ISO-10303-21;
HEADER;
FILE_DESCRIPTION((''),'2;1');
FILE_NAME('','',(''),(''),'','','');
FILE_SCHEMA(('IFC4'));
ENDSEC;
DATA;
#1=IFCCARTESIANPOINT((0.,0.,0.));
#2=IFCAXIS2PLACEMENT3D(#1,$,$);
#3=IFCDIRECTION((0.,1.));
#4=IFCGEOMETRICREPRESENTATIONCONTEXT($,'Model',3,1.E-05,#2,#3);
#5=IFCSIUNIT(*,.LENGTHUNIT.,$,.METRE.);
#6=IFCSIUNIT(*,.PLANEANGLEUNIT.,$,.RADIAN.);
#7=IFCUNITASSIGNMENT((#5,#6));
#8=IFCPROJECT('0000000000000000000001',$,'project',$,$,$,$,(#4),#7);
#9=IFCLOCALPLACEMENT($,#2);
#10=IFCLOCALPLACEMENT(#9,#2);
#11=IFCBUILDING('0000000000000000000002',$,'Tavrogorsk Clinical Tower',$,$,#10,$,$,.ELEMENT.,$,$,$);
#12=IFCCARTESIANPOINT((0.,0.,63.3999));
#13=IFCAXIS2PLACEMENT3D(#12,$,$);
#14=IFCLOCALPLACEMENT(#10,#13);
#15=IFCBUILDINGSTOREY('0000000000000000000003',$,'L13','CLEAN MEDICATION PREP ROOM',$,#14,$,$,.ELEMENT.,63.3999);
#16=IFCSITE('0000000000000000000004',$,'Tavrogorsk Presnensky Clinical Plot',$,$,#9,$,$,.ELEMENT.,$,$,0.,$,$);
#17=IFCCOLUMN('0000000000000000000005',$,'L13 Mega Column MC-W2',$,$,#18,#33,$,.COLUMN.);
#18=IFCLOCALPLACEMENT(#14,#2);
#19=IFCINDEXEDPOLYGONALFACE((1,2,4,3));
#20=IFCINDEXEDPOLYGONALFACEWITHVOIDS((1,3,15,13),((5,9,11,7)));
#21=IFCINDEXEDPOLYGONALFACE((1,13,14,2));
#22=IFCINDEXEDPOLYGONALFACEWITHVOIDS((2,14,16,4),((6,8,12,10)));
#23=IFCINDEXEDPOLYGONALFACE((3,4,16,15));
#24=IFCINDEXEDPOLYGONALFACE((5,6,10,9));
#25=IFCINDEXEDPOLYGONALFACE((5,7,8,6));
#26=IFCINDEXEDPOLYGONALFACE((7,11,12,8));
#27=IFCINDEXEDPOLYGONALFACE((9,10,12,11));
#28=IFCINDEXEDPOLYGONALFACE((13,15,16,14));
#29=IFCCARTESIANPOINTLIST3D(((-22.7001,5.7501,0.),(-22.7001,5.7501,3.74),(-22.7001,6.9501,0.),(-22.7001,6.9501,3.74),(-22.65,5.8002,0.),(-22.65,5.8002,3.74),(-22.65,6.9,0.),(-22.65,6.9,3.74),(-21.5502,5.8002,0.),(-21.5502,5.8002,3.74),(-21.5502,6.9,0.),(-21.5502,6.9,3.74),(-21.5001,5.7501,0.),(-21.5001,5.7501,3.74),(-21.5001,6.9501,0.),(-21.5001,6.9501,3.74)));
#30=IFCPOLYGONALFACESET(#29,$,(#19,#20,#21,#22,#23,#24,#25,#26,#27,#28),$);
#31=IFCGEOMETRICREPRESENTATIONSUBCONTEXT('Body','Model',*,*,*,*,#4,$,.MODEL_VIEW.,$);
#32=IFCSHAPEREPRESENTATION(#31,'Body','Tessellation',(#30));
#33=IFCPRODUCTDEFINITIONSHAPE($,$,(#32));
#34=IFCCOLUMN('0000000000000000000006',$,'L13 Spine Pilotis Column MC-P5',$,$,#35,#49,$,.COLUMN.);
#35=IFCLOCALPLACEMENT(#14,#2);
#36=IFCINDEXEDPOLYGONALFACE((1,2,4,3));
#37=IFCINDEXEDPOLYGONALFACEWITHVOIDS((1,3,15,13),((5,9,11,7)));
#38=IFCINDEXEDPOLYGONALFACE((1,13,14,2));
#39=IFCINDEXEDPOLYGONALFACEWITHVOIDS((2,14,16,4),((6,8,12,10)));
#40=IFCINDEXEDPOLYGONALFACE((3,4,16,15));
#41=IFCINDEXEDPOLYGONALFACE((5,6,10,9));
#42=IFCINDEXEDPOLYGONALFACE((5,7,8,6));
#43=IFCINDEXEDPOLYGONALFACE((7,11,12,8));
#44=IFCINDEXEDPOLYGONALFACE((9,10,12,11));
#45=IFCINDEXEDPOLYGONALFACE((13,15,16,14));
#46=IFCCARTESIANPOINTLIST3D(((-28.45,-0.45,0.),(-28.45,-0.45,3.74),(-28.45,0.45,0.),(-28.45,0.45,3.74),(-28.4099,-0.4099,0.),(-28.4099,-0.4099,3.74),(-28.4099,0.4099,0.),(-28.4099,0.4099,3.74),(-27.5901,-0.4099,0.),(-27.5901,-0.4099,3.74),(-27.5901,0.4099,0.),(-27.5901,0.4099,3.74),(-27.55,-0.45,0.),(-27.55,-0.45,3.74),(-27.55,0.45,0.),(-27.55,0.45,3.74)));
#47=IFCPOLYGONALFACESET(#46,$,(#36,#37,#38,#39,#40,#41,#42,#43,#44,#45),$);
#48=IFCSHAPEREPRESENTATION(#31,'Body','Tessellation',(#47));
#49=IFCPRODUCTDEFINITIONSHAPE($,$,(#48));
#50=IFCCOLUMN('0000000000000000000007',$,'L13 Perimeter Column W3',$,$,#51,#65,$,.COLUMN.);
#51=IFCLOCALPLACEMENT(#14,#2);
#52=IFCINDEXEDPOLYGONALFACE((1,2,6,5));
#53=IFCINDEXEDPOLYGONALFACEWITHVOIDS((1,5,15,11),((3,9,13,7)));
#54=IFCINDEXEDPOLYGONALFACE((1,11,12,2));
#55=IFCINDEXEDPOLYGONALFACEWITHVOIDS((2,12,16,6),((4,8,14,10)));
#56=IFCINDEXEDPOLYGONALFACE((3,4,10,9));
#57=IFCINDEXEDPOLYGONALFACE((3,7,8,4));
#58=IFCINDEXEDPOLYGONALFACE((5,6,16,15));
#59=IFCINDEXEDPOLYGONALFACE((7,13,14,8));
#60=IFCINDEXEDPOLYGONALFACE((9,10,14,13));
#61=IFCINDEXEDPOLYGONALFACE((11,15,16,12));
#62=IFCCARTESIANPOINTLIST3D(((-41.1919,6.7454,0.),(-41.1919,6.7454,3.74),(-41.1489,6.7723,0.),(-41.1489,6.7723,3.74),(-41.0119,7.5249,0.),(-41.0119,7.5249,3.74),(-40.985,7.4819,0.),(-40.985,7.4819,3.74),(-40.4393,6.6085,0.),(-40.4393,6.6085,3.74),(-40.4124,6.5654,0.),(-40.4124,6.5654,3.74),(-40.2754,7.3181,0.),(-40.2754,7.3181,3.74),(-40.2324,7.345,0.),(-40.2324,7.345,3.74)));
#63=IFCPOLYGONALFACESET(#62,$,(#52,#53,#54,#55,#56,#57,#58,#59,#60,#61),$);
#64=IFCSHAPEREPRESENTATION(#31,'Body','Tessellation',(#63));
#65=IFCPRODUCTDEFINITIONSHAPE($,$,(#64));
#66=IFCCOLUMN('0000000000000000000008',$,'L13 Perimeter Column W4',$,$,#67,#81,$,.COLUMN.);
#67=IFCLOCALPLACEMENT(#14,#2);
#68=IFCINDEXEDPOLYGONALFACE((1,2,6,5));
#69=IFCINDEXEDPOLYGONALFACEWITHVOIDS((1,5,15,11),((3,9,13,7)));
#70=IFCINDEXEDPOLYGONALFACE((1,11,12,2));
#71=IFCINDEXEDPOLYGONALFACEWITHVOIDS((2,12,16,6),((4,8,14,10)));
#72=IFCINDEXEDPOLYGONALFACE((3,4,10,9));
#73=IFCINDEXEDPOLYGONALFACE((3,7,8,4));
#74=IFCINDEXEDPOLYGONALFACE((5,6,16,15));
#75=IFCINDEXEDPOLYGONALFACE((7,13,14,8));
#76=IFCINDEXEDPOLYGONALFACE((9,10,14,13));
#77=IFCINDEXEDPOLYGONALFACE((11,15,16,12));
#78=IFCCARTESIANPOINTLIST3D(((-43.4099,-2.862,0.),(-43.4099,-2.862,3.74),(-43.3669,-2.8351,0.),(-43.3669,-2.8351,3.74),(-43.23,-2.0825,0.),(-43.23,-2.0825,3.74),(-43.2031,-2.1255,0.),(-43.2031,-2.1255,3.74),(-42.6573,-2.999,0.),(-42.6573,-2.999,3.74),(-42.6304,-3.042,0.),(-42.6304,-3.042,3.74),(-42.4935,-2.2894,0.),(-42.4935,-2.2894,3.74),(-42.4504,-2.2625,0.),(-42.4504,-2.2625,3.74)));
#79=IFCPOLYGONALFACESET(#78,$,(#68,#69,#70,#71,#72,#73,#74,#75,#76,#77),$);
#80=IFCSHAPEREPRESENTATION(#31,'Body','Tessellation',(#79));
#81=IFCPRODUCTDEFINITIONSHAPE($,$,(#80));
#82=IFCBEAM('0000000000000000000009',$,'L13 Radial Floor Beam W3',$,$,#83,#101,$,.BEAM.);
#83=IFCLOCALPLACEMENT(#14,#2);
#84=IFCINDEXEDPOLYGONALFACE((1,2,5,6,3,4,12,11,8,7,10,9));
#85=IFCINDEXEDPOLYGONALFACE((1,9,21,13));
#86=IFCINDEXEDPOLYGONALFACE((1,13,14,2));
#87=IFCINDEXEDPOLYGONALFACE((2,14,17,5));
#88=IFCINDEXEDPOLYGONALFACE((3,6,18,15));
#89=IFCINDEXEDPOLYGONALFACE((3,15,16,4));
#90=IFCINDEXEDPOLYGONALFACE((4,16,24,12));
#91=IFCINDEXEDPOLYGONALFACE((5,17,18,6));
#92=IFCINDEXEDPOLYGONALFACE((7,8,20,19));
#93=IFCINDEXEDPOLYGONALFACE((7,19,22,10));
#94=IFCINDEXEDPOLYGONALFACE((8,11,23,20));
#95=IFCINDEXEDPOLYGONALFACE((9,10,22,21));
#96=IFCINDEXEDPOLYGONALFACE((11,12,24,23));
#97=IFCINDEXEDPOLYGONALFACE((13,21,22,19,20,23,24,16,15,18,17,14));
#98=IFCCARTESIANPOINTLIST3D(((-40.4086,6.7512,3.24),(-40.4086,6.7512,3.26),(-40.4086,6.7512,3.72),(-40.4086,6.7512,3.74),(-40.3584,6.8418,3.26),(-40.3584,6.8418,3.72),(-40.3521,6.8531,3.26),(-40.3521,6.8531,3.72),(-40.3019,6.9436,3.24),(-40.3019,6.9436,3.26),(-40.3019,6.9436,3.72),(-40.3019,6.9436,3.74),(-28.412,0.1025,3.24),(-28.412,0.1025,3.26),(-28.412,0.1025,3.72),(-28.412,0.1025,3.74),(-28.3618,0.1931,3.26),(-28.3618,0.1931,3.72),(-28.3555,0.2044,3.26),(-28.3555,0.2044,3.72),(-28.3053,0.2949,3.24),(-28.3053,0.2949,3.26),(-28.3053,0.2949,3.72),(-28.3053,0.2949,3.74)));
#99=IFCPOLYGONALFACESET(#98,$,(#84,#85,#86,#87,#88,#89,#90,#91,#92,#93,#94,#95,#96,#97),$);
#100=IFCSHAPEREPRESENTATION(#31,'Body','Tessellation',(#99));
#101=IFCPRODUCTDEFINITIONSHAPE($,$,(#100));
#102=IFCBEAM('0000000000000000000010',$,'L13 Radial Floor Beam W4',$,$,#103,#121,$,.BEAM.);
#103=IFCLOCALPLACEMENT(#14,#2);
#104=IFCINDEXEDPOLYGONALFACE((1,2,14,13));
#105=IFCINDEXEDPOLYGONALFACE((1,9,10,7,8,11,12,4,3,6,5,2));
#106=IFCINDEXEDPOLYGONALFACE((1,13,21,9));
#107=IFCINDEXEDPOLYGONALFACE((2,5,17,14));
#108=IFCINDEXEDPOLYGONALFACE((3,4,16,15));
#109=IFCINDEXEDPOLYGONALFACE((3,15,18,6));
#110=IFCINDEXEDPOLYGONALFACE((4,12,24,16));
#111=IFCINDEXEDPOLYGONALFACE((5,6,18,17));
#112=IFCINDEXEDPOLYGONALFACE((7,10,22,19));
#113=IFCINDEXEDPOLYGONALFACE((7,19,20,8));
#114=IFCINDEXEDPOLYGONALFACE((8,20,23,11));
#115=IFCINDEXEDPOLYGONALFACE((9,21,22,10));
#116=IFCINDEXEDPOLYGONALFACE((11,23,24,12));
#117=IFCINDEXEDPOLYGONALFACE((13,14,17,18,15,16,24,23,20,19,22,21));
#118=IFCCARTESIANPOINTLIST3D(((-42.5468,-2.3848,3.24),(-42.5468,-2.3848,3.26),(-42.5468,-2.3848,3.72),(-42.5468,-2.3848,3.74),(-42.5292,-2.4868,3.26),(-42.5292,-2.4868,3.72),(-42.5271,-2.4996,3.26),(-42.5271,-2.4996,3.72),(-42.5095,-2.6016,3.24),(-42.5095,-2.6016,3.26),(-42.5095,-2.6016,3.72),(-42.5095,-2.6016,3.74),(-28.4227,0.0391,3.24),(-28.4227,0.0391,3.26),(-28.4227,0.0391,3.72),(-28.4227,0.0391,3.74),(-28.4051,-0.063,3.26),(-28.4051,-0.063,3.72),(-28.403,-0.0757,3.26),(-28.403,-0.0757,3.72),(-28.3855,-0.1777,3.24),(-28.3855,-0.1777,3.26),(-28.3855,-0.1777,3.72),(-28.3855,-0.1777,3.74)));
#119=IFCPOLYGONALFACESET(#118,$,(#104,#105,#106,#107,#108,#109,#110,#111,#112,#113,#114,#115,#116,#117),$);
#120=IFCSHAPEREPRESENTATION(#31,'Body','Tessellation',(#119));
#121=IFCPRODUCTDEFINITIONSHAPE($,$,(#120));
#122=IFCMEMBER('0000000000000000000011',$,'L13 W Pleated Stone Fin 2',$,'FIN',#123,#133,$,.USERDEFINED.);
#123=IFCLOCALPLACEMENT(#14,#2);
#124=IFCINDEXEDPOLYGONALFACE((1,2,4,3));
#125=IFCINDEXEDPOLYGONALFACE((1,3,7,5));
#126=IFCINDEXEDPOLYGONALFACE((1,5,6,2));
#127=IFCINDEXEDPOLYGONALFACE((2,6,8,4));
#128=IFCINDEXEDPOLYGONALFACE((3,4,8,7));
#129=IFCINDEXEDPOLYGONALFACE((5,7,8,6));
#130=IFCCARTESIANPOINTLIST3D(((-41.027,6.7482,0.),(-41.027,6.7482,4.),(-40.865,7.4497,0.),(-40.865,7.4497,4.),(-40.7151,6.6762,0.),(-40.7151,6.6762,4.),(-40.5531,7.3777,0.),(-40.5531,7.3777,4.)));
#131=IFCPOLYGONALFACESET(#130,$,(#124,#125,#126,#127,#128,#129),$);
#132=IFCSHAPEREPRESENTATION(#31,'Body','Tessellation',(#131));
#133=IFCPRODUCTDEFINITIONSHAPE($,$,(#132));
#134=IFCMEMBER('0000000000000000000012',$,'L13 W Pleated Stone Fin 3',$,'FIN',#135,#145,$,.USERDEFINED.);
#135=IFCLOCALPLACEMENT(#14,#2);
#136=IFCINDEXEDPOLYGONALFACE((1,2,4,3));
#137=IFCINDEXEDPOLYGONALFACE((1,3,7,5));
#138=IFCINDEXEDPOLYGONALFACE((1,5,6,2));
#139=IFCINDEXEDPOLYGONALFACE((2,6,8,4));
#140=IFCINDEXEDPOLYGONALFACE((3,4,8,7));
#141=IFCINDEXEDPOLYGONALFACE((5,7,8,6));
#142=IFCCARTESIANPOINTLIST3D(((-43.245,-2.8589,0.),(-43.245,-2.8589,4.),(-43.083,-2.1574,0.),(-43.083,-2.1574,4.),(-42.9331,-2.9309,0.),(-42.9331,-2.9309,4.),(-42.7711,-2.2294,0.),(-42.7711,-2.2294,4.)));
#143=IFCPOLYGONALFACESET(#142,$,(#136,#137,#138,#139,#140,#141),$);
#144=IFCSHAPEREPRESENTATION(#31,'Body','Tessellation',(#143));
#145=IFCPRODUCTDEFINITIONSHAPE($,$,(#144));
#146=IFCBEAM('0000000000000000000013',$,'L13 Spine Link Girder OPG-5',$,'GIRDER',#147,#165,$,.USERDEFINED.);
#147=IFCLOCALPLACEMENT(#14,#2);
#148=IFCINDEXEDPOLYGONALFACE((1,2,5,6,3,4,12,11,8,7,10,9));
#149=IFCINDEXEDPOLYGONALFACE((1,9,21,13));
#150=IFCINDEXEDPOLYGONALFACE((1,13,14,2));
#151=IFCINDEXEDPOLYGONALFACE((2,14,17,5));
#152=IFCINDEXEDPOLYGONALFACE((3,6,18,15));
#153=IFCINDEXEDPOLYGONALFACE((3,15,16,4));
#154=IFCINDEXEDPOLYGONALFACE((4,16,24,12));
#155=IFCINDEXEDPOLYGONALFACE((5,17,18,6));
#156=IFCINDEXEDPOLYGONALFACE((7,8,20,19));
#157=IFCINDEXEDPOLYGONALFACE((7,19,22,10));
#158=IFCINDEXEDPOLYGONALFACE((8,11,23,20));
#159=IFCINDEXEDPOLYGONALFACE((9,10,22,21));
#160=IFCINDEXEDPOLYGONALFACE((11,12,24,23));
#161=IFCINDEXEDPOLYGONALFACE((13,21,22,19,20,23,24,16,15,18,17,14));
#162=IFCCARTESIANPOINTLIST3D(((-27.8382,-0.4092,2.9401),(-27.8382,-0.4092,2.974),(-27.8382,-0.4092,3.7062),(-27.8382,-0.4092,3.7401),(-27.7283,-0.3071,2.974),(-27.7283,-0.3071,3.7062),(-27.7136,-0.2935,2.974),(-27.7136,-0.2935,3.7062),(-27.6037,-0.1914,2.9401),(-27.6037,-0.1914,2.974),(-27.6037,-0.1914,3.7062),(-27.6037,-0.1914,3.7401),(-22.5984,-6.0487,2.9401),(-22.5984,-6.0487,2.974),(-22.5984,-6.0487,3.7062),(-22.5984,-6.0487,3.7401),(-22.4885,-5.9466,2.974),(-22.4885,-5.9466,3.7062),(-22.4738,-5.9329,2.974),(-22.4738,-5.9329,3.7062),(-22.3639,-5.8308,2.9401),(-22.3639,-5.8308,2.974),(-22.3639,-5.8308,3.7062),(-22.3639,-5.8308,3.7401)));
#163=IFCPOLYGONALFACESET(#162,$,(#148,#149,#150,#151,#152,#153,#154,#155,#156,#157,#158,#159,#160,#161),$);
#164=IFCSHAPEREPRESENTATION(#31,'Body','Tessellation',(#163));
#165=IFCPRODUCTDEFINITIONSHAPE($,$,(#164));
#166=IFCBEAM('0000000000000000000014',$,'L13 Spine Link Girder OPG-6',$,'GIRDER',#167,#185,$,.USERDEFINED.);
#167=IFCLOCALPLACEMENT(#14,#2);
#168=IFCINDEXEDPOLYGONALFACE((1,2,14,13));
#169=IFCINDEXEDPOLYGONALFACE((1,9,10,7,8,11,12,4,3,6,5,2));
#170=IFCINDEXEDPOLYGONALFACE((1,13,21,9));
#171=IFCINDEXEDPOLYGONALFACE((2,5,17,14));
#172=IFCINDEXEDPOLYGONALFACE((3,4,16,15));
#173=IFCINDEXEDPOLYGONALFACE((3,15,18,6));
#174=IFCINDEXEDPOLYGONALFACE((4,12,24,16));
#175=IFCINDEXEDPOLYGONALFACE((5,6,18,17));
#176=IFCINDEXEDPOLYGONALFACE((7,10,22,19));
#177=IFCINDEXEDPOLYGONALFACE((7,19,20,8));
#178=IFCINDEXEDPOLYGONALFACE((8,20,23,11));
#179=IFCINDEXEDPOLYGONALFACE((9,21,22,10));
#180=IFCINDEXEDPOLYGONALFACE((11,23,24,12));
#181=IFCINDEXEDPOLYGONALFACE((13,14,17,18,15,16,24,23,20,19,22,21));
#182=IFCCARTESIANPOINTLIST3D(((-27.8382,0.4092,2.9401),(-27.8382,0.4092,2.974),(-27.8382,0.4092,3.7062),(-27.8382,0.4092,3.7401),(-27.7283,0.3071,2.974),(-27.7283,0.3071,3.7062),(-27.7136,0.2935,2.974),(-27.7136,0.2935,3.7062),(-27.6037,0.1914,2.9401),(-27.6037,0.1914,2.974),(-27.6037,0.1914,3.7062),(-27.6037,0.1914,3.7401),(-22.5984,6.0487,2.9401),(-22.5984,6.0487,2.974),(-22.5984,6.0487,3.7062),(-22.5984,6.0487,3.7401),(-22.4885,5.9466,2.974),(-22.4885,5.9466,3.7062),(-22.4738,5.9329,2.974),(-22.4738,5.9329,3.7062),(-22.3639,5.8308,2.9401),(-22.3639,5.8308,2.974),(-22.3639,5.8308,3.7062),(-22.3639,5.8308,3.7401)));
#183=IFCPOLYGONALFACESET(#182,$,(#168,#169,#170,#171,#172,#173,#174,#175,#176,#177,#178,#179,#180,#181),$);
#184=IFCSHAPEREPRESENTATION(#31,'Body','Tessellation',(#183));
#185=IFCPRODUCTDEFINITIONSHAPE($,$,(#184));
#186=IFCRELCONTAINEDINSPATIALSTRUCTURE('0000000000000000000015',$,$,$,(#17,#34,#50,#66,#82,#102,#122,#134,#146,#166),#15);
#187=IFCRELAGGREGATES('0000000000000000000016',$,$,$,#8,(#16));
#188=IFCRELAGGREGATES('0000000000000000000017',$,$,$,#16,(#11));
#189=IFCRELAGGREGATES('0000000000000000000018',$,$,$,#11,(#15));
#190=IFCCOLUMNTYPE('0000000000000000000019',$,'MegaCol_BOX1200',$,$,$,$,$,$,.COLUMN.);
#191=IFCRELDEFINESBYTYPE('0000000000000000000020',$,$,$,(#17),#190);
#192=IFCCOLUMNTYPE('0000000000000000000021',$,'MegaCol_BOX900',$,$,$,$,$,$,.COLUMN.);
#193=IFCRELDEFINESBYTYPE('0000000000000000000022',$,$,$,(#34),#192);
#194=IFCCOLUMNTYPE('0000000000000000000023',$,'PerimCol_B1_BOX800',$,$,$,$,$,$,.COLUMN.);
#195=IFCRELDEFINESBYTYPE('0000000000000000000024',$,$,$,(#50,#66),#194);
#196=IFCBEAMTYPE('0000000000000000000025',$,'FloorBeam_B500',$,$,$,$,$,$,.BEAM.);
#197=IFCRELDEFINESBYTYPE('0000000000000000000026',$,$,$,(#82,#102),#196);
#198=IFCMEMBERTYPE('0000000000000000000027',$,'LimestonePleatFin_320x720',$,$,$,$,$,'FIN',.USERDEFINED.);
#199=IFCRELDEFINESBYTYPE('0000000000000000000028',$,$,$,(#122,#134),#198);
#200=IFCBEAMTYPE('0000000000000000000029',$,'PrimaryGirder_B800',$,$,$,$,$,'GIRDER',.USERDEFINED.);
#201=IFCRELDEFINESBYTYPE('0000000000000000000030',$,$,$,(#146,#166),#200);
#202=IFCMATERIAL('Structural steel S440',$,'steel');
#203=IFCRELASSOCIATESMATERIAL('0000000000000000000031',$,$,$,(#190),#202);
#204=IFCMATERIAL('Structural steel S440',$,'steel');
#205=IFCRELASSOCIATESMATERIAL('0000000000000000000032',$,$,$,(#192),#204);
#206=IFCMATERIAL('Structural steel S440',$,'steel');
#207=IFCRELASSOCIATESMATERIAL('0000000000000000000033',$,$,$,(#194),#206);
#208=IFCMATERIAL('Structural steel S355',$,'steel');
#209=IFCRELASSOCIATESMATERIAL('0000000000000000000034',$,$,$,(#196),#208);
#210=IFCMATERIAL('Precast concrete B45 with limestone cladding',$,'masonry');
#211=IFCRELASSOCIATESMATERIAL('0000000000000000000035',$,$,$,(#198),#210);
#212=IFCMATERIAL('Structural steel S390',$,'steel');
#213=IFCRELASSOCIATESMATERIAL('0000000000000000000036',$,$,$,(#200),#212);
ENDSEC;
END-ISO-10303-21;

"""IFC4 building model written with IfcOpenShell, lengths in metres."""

from ifc_helpers import new_model, si_unit, direction, frame, origin, origin_2d, place, context, subcontext, project, spatial, rectangle, hollow_rectangle, i_section, extrude, material, material_profile, profile_set, type_object, element, save


model = new_model("IFC4")

# Units and contexts
model_context = context("Model", 3, precision=1e-05, world=origin(), true_north=direction((0.0, 1.0)))
body_context = subcontext(model_context, "Body", "Model", "MODEL_VIEW")
ifc_project = project(units=[si_unit("LENGTHUNIT", "METRE"), si_unit("PLANEANGLEUNIT", "RADIAN")], contexts=[model_context])

# Site, building, storey
site_placement = place(None, origin())
site = spatial("IfcSite", under=ifc_project, at=site_placement, Name="Tavrogorsk Presnensky Clinical Plot", CompositionType="ELEMENT", RefElevation=0.0)
building_placement = place(site_placement, origin())
building = spatial("IfcBuilding", under=site, at=building_placement, Name="Tavrogorsk Clinical Tower", CompositionType="ELEMENT")
storey_placement = place(building_placement, frame((0.0, 0.0, 63.3999)))
storey = spatial("IfcBuildingStorey", under=building, at=storey_placement, Name="L13", Description="CLEAN MEDICATION PREP ROOM", CompositionType="ELEMENT", Elevation=63.3999)

# Columns
ifc_material_1 = material(Name="Structural steel S440", Category="steel")
ifc_material_profile_1 = material_profile(ifc_material_1, hollow_rectangle(XDim=1.2, YDim=1.2, WallThickness=0.05, at=origin_2d()), Name="BOX-1200x1200x50")
ifc_profile_set_1 = profile_set([ifc_material_profile_1], Name="Structural steel S440")
column_type_1 = type_object("IfcColumnType", Name="MegaCol_BOX1200", PredefinedType="COLUMN", material=ifc_profile_set_1)
column_1_placement = place(storey_placement, frame((-22.1001, 6.3501, 0.0), z_axis=(0.0, 0.0, 1.0), x_axis=(1.0, 0.0, 0.0)))
element("IfcColumn", 1, at=column_1_placement, inside=storey, type_object=column_type_1, Name="L13 Mega Column MC-W2", PredefinedType="COLUMN", context=body_context, shape_type="SweptSolid", body=[
    extrude(hollow_rectangle(XDim=1.2, YDim=1.2, WallThickness=0.05, at=origin_2d()), origin(), (0.0, 0.0, 1.0), 3.74),
])
ifc_material_2 = material(Name="Structural steel S440", Category="steel")
ifc_material_profile_2 = material_profile(ifc_material_2, hollow_rectangle(XDim=0.8999, YDim=0.8999, WallThickness=0.04, at=origin_2d()), Name="BOX-900x900x40")
ifc_profile_set_2 = profile_set([ifc_material_profile_2], Name="Structural steel S440")
column_type_2 = type_object("IfcColumnType", Name="MegaCol_BOX900", PredefinedType="COLUMN", material=ifc_profile_set_2)
column_2_placement = place(storey_placement, frame((-28.0, 0.0, 0.0), z_axis=(0.0, 0.0, 1.0), x_axis=(1.0, 0.0, 0.0)))
element("IfcColumn", 2, at=column_2_placement, inside=storey, type_object=column_type_2, Name="L13 Spine Pilotis Column MC-P5", PredefinedType="COLUMN", context=body_context, shape_type="SweptSolid", body=[
    extrude(hollow_rectangle(XDim=0.8999, YDim=0.8999, WallThickness=0.04, at=origin_2d()), origin(), (0.0, 0.0, 1.0), 3.74),
])
ifc_material_3 = material(Name="Structural steel S440", Category="steel")
ifc_material_profile_3 = material_profile(ifc_material_3, hollow_rectangle(XDim=0.8, YDim=0.8, WallThickness=0.0359, at=origin_2d()), Name="BOX-800x800x36")
ifc_profile_set_3 = profile_set([ifc_material_profile_3], Name="Structural steel S440")
column_type_3 = type_object("IfcColumnType", Name="PerimCol_B1_BOX800", PredefinedType="COLUMN", material=ifc_profile_set_3)
for number, where, z_axis, x_axis, name in (
    (3, (-40.7122, 7.0452, 0.0), (0.0, 0.0, 1.0), (0.97437, -0.224951, 0.0), "L13 Perimeter Column W3"),
    (4, (-42.9302, -2.5623, 0.0), (0.0, 0.0, 1.0), (0.97437, -0.224951, 0.0), "L13 Perimeter Column W4"),
):
    element("IfcColumn", number, at=place(storey_placement, frame(where, z_axis=z_axis, x_axis=x_axis)), inside=storey, type_object=column_type_3, Name=name, PredefinedType="COLUMN", context=body_context, shape_type="SweptSolid", body=[
        extrude(hollow_rectangle(XDim=0.8, YDim=0.8, WallThickness=0.0359, at=origin_2d()), origin(), (0.0, 0.0, 1.0), 3.74),
    ])

# Beams
ifc_material_4 = material(Name="Structural steel S355", Category="steel")
ifc_material_profile_4 = material_profile(ifc_material_4, i_section(OverallWidth=0.22, OverallDepth=0.5, WebThickness=0.0129, FlangeThickness=0.02, at=origin_2d()), Name="B-500x220x13x20")
ifc_profile_set_4 = profile_set([ifc_material_profile_4], Name="Structural steel S355")
beam_type_1 = type_object("IfcBeamType", Name="FloorBeam_B500", PredefinedType="BEAM", material=ifc_profile_set_4)
beam_1_placement = place(storey_placement, frame((-28.3586, 0.1987, 3.49), z_axis=(-0.874655, 0.484746, 0.0), x_axis=(-0.484746, -0.874655, 0.0)))
element("IfcBeam", 5, at=beam_1_placement, inside=storey, type_object=beam_type_1, Name="L13 Radial Floor Beam W3", PredefinedType="BEAM", context=body_context, shape_type="SweptSolid", body=[
    extrude(i_section(OverallWidth=0.22, OverallDepth=0.5, WebThickness=0.0129, FlangeThickness=0.02, at=origin_2d()), origin(), (0.0, 0.0, 1.0), 13.7158),
])
beam_2_placement = place(storey_placement, frame((-28.4041, -0.0693, 3.49), z_axis=(-0.985592, -0.169138, 0.0), x_axis=(0.169138, -0.985592, 0.0)))
element("IfcBeam", 6, at=beam_2_placement, inside=storey, type_object=beam_type_1, Name="L13 Radial Floor Beam W4", PredefinedType="BEAM", context=body_context, shape_type="SweptSolid", body=[
    extrude(i_section(OverallWidth=0.22, OverallDepth=0.5, WebThickness=0.0129, FlangeThickness=0.02, at=origin_2d()), origin(), (0.0, 0.0, 1.0), 14.3306),
])

# Members
ifc_material_5 = material(Name="Precast concrete B45 with limestone cladding", Category="masonry")
ifc_material_profile_5 = material_profile(ifc_material_5, rectangle(XDim=0.3201, YDim=0.72, at=origin_2d()), Name="LIMESTONE-FIN-320x720")
ifc_profile_set_5 = profile_set([ifc_material_profile_5], Name="Precast concrete B45 with limestone cladding")
member_type = type_object("IfcMemberType", Name="LimestonePleatFin_320x720", ElementType="FIN", PredefinedType="USERDEFINED", material=ifc_profile_set_5)
for number, where, z_axis, x_axis, name in (
    (7, (-40.79, 7.063, 0.0), (0.0, 0.0, 1.0), (0.97437, -0.224951, 0.0), "L13 W Pleated Stone Fin 2"),
    (8, (-43.0081, -2.5442, 0.0), (0.0, 0.0, 1.0), (0.97437, -0.224951, 0.0), "L13 W Pleated Stone Fin 3"),
):
    element("IfcMember", number, at=place(storey_placement, frame(where, z_axis=z_axis, x_axis=x_axis)), inside=storey, type_object=member_type, Name=name, ObjectType="FIN", PredefinedType="USERDEFINED", context=body_context, shape_type="SweptSolid", body=[
        extrude(rectangle(XDim=0.3201, YDim=0.72, at=origin_2d()), origin(), (0.0, 0.0, 1.0), 4.0),
    ])

# Beams
ifc_material_6 = material(Name="Structural steel S390", Category="steel")
ifc_material_profile_6 = material_profile(ifc_material_6, i_section(OverallWidth=0.3201, OverallDepth=0.8, WebThickness=0.02, FlangeThickness=0.0339, at=origin_2d()), Name="B-800x320x20x34")
ifc_profile_set_6 = profile_set([ifc_material_profile_6], Name="Structural steel S390")
beam_type_2 = type_object("IfcBeamType", Name="PrimaryGirder_B800", ElementType="GIRDER", PredefinedType="USERDEFINED", material=ifc_profile_set_6)
for number, where, z_axis, x_axis, name in (
    (9, (-27.7209, -0.3003, 3.3401), (0.680671, -0.732589, 0.0), (0.732589, 0.680671, 0.0), "L13 Spine Link Girder OPG-5"),
    (10, (-27.7209, 0.3003, 3.3401), (0.680671, 0.732589, 0.0), (-0.732589, 0.680671, 0.0), "L13 Spine Link Girder OPG-6"),
):
    element("IfcBeam", number, at=place(storey_placement, frame(where, z_axis=z_axis, x_axis=x_axis)), inside=storey, type_object=beam_type_2, Name=name, ObjectType="GIRDER", PredefinedType="USERDEFINED", context=body_context, shape_type="SweptSolid", body=[
        extrude(i_section(OverallWidth=0.3201, OverallDepth=0.8, WebThickness=0.02, FlangeThickness=0.0339, at=origin_2d()), origin(), (0.0, 0.0, 1.0), 7.698),
    ])

save(model, "model.ifc")
